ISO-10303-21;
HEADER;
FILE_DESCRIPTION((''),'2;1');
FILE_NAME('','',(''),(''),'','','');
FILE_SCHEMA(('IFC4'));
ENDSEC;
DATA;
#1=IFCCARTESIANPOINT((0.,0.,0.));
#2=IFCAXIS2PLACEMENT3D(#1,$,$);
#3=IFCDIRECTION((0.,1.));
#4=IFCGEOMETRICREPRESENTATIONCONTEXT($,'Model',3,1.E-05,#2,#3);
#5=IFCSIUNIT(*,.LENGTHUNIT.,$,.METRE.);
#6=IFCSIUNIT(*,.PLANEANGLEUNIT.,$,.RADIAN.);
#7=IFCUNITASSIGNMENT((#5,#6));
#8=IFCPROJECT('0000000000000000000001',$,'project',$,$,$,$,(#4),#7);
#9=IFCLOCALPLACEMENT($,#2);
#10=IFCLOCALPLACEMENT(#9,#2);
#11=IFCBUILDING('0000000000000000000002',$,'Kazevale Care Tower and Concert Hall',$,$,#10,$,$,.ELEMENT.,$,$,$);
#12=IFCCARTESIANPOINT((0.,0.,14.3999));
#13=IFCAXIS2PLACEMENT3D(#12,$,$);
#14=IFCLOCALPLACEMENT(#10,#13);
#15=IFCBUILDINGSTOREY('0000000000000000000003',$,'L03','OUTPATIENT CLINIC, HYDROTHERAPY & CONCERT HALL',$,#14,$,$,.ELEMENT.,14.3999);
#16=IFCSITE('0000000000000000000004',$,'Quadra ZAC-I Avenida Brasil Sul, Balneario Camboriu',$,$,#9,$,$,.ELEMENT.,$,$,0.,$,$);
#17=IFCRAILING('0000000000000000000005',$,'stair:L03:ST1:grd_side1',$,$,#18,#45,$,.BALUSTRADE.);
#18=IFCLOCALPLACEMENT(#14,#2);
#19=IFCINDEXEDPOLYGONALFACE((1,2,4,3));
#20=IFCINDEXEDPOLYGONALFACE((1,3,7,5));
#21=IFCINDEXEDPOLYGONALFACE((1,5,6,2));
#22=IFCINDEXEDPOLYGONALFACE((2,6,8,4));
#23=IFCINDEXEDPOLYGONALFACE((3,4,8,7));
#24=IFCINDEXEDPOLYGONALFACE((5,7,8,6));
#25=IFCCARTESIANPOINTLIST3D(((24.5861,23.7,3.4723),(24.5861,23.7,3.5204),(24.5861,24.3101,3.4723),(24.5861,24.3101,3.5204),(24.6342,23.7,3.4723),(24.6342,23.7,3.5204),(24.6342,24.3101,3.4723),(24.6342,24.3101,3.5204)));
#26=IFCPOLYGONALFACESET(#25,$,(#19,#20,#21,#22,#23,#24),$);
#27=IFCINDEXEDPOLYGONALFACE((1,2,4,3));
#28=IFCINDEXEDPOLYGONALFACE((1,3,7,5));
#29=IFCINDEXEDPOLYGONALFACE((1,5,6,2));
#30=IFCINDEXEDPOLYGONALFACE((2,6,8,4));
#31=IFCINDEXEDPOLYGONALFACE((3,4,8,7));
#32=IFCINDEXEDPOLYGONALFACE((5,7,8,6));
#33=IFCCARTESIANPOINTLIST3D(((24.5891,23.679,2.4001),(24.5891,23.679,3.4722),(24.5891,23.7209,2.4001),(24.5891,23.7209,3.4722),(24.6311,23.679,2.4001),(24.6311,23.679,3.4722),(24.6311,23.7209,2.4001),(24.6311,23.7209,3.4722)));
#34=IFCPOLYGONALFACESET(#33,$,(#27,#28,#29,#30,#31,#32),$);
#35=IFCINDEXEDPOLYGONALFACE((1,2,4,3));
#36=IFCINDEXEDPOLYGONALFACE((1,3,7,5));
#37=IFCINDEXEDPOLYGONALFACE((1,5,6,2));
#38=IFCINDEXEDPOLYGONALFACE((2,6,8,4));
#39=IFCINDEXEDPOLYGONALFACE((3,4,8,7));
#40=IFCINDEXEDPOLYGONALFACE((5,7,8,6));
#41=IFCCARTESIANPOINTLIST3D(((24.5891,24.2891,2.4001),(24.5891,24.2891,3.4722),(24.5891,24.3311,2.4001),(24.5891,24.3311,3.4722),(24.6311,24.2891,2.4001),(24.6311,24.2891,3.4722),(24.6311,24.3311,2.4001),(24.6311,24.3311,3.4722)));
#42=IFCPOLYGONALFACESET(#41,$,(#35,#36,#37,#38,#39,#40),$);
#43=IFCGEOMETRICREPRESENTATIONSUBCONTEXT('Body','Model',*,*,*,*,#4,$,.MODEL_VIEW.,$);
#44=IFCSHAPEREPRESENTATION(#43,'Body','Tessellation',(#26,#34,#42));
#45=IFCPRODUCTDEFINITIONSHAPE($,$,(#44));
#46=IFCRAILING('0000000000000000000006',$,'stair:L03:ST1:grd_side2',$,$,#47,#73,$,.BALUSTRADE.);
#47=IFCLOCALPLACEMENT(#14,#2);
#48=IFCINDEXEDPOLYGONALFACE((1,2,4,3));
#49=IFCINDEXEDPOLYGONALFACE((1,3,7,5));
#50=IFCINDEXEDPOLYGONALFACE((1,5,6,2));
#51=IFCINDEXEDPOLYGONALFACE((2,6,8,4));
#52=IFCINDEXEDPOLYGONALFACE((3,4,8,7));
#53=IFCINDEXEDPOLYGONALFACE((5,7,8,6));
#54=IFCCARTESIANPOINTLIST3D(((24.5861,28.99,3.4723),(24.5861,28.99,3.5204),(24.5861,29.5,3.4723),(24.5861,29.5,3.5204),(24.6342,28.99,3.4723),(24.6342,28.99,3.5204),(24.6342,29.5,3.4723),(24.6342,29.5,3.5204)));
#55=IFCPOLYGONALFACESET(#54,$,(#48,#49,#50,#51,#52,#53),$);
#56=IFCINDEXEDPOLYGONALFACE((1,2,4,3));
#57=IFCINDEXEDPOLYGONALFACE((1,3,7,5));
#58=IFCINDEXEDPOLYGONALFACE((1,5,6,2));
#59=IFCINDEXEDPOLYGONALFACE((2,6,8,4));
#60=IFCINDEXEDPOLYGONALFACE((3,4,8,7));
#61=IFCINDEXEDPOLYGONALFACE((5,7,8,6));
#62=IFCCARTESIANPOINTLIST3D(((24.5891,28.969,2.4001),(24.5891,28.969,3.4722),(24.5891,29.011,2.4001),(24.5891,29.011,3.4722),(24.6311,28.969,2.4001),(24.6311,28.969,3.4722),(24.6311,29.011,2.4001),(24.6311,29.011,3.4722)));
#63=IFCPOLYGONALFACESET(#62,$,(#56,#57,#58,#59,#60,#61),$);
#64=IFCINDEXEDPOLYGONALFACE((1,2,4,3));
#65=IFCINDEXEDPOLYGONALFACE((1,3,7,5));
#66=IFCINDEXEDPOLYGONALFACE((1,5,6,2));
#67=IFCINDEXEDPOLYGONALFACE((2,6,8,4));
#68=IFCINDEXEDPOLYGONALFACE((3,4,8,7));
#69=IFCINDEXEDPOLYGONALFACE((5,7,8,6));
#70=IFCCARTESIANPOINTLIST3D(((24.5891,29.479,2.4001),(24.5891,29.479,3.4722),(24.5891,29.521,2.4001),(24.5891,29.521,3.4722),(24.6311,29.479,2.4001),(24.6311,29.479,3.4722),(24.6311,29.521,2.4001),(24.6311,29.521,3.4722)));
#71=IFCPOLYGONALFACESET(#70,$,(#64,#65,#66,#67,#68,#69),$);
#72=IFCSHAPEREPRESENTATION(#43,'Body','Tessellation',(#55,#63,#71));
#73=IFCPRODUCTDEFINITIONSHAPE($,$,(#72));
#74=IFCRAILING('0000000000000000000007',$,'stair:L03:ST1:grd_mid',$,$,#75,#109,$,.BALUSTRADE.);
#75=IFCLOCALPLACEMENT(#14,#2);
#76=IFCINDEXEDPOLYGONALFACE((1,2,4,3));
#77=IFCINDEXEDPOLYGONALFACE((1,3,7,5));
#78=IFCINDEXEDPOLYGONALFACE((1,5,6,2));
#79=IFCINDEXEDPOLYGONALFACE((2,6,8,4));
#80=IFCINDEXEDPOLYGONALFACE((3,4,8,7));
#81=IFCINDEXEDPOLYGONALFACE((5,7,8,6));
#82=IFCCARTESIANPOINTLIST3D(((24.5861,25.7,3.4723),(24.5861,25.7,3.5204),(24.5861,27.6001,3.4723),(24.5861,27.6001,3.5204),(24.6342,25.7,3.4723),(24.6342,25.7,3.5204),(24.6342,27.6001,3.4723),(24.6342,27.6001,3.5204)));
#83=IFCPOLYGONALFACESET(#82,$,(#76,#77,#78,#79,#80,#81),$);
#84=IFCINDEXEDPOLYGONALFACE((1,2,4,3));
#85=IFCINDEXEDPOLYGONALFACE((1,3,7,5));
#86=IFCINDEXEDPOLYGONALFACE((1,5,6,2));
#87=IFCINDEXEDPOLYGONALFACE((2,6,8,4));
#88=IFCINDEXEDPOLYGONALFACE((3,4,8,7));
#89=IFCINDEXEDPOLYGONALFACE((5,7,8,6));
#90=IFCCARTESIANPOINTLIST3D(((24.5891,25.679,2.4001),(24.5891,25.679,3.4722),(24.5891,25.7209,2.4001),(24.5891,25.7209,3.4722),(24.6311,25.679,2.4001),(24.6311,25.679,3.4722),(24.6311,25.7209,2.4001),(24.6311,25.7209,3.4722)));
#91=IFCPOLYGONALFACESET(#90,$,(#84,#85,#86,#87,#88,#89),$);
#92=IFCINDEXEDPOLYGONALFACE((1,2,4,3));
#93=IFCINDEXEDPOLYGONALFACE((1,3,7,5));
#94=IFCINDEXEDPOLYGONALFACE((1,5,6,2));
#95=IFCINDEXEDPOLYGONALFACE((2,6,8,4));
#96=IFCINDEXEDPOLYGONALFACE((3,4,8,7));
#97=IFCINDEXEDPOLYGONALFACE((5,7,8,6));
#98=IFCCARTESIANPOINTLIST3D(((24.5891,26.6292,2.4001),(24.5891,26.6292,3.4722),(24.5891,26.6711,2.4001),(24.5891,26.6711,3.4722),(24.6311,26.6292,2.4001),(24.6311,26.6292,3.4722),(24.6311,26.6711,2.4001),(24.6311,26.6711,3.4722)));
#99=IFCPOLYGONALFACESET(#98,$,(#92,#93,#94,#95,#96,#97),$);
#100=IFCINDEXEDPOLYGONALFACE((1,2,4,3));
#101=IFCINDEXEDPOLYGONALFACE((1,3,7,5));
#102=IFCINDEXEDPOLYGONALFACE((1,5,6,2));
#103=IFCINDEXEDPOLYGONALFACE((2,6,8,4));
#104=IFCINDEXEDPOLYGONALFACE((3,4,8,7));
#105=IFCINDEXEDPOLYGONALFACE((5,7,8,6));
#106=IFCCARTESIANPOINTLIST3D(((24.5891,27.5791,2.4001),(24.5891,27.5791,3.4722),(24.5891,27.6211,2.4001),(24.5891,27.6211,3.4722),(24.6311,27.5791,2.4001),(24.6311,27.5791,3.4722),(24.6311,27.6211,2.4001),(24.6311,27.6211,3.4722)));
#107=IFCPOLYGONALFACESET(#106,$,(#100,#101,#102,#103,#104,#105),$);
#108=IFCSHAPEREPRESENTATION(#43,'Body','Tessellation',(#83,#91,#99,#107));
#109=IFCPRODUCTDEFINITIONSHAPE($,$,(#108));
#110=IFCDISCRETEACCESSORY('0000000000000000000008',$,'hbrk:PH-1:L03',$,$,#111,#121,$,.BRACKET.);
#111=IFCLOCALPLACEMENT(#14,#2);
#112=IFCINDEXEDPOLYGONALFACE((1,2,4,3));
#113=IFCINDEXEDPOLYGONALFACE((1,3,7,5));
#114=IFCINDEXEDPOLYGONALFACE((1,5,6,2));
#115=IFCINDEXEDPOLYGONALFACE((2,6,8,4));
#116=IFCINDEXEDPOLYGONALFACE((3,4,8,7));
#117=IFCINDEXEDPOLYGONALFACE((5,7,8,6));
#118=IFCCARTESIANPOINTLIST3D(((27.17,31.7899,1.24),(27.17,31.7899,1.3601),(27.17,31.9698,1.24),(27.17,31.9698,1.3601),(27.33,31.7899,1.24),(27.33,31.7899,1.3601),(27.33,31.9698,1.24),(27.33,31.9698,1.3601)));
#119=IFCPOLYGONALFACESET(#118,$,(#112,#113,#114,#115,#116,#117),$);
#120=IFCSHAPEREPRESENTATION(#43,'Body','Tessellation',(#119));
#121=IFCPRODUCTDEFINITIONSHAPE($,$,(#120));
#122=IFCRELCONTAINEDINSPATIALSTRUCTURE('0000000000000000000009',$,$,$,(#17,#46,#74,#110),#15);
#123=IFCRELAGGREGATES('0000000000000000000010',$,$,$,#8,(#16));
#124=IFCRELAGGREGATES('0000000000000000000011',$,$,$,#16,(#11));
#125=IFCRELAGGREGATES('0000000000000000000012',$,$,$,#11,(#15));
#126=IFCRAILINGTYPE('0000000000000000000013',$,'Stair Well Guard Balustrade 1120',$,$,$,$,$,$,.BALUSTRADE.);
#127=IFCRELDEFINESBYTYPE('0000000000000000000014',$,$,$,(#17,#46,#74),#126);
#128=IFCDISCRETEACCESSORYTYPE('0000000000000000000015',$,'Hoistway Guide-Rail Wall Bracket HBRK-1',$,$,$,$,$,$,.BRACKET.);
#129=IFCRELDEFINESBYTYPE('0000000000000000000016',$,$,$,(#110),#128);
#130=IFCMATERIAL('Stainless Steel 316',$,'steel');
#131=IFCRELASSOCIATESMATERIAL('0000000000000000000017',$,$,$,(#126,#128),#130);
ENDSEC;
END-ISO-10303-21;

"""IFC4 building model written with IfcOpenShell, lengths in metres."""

from ifc_helpers import new_model, si_unit, direction, frame, origin, origin_2d, place, context, subcontext, project, spatial, rectangle, extrude, material, type_object, element, save


model = new_model("IFC4")

# Units and contexts
model_context = context("Model", 3, precision=1e-05, world=origin(), true_north=direction((0.0, 1.0)))
body_context = subcontext(model_context, "Body", "Model", "MODEL_VIEW")
ifc_project = project(units=[si_unit("LENGTHUNIT", "METRE"), si_unit("PLANEANGLEUNIT", "RADIAN")], contexts=[model_context])

# Site, building, storey
site_placement = place(None, origin())
site = spatial("IfcSite", under=ifc_project, at=site_placement, Name="Quadra ZAC-I Avenida Brasil Sul, Balneario Camboriu", CompositionType="ELEMENT", RefElevation=0.0)
building_placement = place(site_placement, origin())
building = spatial("IfcBuilding", under=site, at=building_placement, Name="Kazevale Care Tower and Concert Hall", CompositionType="ELEMENT")
storey_placement = place(building_placement, frame((0.0, 0.0, 14.3999)))
storey = spatial("IfcBuildingStorey", under=building, at=storey_placement, Name="L03", Description="OUTPATIENT CLINIC, HYDROTHERAPY & CONCERT HALL", CompositionType="ELEMENT", Elevation=14.3999)

# Railings
ifc_material_1 = material(Name="Stainless Steel 316", Category="steel")
railing_type_1 = type_object("IfcRailingType", Name="Stair Well Guard Balustrade 1120", PredefinedType="BALUSTRADE", material=ifc_material_1)
railing_1_placement = place(storey_placement, frame((24.6101, 23.7, 2.4001)))
element("IfcRailing", 1, at=railing_1_placement, inside=storey, type_object=railing_type_1, Name="stair:L03:ST1:grd_side1", PredefinedType="BALUSTRADE", context=body_context, shape_type="SweptSolid", body=[
    extrude(rectangle(XDim=0.0481, YDim=0.0481, at=origin_2d()), frame((0.0, 0.0, 1.0962), z_axis=(0.0, 1.0, 0.0), x_axis=(-1.0, 0.0, 0.0)), (0.0, 0.0, 1.0), 0.6101),
    extrude(rectangle(XDim=0.042, YDim=0.042, at=origin_2d()), origin(), (0.0, 0.0, 1.0), 1.072),
    extrude(rectangle(XDim=0.042, YDim=0.042, at=origin_2d()), frame((0.0, 0.6101, 0.0)), (0.0, 0.0, 1.0), 1.072),
])
railing_2_placement = place(storey_placement, frame((24.6101, 28.99, 2.4001)))
element("IfcRailing", 2, at=railing_2_placement, inside=storey, type_object=railing_type_1, Name="stair:L03:ST1:grd_side2", PredefinedType="BALUSTRADE", context=body_context, shape_type="SweptSolid", body=[
    extrude(rectangle(XDim=0.0481, YDim=0.0481, at=origin_2d()), frame((0.0, 0.0, 1.0962), z_axis=(0.0, 1.0, 0.0), x_axis=(-1.0, 0.0, 0.0)), (0.0, 0.0, 1.0), 0.51),
    extrude(rectangle(XDim=0.042, YDim=0.042, at=origin_2d()), origin(), (0.0, 0.0, 1.0), 1.072),
    extrude(rectangle(XDim=0.042, YDim=0.042, at=origin_2d()), frame((0.0, 0.51, 0.0)), (0.0, 0.0, 1.0), 1.072),
])
railing_3_placement = place(storey_placement, frame((24.6101, 25.7, 2.4001)))
element("IfcRailing", 3, at=railing_3_placement, inside=storey, type_object=railing_type_1, Name="stair:L03:ST1:grd_mid", PredefinedType="BALUSTRADE", context=body_context, shape_type="SweptSolid", body=[
    extrude(rectangle(XDim=0.0481, YDim=0.0481, at=origin_2d()), frame((0.0, 0.0, 1.0962), z_axis=(0.0, 1.0, 0.0), x_axis=(-1.0, 0.0, 0.0)), (0.0, 0.0, 1.0), 1.9001),
    extrude(rectangle(XDim=0.042, YDim=0.042, at=origin_2d()), origin(), (0.0, 0.0, 1.0), 1.072),
    extrude(rectangle(XDim=0.042, YDim=0.042, at=origin_2d()), frame((0.0, 0.9502, 0.0)), (0.0, 0.0, 1.0), 1.072),
    extrude(rectangle(XDim=0.042, YDim=0.042, at=origin_2d()), frame((0.0, 1.9001, 0.0)), (0.0, 0.0, 1.0), 1.072),
])

# Discrete accessory
discrete_accessory_type = type_object("IfcDiscreteAccessoryType", Name="Hoistway Guide-Rail Wall Bracket HBRK-1", PredefinedType="BRACKET", material=ifc_material_1)
discrete_accessory_placement = place(storey_placement, frame((27.25, 31.8799, 1.24), z_axis=(0.0, 0.0, 1.0), x_axis=(1.0, 0.0, 0.0)))
element("IfcDiscreteAccessory", 4, at=discrete_accessory_placement, inside=storey, type_object=discrete_accessory_type, Name="hbrk:PH-1:L03", PredefinedType="BRACKET", context=body_context, shape_type="SweptSolid", body=[
    extrude(rectangle(XDim=0.1599, YDim=0.1799, at=origin_2d()), origin(), (0.0, 0.0, 1.0), 0.1201),
])

save(model, "model.ifc")
